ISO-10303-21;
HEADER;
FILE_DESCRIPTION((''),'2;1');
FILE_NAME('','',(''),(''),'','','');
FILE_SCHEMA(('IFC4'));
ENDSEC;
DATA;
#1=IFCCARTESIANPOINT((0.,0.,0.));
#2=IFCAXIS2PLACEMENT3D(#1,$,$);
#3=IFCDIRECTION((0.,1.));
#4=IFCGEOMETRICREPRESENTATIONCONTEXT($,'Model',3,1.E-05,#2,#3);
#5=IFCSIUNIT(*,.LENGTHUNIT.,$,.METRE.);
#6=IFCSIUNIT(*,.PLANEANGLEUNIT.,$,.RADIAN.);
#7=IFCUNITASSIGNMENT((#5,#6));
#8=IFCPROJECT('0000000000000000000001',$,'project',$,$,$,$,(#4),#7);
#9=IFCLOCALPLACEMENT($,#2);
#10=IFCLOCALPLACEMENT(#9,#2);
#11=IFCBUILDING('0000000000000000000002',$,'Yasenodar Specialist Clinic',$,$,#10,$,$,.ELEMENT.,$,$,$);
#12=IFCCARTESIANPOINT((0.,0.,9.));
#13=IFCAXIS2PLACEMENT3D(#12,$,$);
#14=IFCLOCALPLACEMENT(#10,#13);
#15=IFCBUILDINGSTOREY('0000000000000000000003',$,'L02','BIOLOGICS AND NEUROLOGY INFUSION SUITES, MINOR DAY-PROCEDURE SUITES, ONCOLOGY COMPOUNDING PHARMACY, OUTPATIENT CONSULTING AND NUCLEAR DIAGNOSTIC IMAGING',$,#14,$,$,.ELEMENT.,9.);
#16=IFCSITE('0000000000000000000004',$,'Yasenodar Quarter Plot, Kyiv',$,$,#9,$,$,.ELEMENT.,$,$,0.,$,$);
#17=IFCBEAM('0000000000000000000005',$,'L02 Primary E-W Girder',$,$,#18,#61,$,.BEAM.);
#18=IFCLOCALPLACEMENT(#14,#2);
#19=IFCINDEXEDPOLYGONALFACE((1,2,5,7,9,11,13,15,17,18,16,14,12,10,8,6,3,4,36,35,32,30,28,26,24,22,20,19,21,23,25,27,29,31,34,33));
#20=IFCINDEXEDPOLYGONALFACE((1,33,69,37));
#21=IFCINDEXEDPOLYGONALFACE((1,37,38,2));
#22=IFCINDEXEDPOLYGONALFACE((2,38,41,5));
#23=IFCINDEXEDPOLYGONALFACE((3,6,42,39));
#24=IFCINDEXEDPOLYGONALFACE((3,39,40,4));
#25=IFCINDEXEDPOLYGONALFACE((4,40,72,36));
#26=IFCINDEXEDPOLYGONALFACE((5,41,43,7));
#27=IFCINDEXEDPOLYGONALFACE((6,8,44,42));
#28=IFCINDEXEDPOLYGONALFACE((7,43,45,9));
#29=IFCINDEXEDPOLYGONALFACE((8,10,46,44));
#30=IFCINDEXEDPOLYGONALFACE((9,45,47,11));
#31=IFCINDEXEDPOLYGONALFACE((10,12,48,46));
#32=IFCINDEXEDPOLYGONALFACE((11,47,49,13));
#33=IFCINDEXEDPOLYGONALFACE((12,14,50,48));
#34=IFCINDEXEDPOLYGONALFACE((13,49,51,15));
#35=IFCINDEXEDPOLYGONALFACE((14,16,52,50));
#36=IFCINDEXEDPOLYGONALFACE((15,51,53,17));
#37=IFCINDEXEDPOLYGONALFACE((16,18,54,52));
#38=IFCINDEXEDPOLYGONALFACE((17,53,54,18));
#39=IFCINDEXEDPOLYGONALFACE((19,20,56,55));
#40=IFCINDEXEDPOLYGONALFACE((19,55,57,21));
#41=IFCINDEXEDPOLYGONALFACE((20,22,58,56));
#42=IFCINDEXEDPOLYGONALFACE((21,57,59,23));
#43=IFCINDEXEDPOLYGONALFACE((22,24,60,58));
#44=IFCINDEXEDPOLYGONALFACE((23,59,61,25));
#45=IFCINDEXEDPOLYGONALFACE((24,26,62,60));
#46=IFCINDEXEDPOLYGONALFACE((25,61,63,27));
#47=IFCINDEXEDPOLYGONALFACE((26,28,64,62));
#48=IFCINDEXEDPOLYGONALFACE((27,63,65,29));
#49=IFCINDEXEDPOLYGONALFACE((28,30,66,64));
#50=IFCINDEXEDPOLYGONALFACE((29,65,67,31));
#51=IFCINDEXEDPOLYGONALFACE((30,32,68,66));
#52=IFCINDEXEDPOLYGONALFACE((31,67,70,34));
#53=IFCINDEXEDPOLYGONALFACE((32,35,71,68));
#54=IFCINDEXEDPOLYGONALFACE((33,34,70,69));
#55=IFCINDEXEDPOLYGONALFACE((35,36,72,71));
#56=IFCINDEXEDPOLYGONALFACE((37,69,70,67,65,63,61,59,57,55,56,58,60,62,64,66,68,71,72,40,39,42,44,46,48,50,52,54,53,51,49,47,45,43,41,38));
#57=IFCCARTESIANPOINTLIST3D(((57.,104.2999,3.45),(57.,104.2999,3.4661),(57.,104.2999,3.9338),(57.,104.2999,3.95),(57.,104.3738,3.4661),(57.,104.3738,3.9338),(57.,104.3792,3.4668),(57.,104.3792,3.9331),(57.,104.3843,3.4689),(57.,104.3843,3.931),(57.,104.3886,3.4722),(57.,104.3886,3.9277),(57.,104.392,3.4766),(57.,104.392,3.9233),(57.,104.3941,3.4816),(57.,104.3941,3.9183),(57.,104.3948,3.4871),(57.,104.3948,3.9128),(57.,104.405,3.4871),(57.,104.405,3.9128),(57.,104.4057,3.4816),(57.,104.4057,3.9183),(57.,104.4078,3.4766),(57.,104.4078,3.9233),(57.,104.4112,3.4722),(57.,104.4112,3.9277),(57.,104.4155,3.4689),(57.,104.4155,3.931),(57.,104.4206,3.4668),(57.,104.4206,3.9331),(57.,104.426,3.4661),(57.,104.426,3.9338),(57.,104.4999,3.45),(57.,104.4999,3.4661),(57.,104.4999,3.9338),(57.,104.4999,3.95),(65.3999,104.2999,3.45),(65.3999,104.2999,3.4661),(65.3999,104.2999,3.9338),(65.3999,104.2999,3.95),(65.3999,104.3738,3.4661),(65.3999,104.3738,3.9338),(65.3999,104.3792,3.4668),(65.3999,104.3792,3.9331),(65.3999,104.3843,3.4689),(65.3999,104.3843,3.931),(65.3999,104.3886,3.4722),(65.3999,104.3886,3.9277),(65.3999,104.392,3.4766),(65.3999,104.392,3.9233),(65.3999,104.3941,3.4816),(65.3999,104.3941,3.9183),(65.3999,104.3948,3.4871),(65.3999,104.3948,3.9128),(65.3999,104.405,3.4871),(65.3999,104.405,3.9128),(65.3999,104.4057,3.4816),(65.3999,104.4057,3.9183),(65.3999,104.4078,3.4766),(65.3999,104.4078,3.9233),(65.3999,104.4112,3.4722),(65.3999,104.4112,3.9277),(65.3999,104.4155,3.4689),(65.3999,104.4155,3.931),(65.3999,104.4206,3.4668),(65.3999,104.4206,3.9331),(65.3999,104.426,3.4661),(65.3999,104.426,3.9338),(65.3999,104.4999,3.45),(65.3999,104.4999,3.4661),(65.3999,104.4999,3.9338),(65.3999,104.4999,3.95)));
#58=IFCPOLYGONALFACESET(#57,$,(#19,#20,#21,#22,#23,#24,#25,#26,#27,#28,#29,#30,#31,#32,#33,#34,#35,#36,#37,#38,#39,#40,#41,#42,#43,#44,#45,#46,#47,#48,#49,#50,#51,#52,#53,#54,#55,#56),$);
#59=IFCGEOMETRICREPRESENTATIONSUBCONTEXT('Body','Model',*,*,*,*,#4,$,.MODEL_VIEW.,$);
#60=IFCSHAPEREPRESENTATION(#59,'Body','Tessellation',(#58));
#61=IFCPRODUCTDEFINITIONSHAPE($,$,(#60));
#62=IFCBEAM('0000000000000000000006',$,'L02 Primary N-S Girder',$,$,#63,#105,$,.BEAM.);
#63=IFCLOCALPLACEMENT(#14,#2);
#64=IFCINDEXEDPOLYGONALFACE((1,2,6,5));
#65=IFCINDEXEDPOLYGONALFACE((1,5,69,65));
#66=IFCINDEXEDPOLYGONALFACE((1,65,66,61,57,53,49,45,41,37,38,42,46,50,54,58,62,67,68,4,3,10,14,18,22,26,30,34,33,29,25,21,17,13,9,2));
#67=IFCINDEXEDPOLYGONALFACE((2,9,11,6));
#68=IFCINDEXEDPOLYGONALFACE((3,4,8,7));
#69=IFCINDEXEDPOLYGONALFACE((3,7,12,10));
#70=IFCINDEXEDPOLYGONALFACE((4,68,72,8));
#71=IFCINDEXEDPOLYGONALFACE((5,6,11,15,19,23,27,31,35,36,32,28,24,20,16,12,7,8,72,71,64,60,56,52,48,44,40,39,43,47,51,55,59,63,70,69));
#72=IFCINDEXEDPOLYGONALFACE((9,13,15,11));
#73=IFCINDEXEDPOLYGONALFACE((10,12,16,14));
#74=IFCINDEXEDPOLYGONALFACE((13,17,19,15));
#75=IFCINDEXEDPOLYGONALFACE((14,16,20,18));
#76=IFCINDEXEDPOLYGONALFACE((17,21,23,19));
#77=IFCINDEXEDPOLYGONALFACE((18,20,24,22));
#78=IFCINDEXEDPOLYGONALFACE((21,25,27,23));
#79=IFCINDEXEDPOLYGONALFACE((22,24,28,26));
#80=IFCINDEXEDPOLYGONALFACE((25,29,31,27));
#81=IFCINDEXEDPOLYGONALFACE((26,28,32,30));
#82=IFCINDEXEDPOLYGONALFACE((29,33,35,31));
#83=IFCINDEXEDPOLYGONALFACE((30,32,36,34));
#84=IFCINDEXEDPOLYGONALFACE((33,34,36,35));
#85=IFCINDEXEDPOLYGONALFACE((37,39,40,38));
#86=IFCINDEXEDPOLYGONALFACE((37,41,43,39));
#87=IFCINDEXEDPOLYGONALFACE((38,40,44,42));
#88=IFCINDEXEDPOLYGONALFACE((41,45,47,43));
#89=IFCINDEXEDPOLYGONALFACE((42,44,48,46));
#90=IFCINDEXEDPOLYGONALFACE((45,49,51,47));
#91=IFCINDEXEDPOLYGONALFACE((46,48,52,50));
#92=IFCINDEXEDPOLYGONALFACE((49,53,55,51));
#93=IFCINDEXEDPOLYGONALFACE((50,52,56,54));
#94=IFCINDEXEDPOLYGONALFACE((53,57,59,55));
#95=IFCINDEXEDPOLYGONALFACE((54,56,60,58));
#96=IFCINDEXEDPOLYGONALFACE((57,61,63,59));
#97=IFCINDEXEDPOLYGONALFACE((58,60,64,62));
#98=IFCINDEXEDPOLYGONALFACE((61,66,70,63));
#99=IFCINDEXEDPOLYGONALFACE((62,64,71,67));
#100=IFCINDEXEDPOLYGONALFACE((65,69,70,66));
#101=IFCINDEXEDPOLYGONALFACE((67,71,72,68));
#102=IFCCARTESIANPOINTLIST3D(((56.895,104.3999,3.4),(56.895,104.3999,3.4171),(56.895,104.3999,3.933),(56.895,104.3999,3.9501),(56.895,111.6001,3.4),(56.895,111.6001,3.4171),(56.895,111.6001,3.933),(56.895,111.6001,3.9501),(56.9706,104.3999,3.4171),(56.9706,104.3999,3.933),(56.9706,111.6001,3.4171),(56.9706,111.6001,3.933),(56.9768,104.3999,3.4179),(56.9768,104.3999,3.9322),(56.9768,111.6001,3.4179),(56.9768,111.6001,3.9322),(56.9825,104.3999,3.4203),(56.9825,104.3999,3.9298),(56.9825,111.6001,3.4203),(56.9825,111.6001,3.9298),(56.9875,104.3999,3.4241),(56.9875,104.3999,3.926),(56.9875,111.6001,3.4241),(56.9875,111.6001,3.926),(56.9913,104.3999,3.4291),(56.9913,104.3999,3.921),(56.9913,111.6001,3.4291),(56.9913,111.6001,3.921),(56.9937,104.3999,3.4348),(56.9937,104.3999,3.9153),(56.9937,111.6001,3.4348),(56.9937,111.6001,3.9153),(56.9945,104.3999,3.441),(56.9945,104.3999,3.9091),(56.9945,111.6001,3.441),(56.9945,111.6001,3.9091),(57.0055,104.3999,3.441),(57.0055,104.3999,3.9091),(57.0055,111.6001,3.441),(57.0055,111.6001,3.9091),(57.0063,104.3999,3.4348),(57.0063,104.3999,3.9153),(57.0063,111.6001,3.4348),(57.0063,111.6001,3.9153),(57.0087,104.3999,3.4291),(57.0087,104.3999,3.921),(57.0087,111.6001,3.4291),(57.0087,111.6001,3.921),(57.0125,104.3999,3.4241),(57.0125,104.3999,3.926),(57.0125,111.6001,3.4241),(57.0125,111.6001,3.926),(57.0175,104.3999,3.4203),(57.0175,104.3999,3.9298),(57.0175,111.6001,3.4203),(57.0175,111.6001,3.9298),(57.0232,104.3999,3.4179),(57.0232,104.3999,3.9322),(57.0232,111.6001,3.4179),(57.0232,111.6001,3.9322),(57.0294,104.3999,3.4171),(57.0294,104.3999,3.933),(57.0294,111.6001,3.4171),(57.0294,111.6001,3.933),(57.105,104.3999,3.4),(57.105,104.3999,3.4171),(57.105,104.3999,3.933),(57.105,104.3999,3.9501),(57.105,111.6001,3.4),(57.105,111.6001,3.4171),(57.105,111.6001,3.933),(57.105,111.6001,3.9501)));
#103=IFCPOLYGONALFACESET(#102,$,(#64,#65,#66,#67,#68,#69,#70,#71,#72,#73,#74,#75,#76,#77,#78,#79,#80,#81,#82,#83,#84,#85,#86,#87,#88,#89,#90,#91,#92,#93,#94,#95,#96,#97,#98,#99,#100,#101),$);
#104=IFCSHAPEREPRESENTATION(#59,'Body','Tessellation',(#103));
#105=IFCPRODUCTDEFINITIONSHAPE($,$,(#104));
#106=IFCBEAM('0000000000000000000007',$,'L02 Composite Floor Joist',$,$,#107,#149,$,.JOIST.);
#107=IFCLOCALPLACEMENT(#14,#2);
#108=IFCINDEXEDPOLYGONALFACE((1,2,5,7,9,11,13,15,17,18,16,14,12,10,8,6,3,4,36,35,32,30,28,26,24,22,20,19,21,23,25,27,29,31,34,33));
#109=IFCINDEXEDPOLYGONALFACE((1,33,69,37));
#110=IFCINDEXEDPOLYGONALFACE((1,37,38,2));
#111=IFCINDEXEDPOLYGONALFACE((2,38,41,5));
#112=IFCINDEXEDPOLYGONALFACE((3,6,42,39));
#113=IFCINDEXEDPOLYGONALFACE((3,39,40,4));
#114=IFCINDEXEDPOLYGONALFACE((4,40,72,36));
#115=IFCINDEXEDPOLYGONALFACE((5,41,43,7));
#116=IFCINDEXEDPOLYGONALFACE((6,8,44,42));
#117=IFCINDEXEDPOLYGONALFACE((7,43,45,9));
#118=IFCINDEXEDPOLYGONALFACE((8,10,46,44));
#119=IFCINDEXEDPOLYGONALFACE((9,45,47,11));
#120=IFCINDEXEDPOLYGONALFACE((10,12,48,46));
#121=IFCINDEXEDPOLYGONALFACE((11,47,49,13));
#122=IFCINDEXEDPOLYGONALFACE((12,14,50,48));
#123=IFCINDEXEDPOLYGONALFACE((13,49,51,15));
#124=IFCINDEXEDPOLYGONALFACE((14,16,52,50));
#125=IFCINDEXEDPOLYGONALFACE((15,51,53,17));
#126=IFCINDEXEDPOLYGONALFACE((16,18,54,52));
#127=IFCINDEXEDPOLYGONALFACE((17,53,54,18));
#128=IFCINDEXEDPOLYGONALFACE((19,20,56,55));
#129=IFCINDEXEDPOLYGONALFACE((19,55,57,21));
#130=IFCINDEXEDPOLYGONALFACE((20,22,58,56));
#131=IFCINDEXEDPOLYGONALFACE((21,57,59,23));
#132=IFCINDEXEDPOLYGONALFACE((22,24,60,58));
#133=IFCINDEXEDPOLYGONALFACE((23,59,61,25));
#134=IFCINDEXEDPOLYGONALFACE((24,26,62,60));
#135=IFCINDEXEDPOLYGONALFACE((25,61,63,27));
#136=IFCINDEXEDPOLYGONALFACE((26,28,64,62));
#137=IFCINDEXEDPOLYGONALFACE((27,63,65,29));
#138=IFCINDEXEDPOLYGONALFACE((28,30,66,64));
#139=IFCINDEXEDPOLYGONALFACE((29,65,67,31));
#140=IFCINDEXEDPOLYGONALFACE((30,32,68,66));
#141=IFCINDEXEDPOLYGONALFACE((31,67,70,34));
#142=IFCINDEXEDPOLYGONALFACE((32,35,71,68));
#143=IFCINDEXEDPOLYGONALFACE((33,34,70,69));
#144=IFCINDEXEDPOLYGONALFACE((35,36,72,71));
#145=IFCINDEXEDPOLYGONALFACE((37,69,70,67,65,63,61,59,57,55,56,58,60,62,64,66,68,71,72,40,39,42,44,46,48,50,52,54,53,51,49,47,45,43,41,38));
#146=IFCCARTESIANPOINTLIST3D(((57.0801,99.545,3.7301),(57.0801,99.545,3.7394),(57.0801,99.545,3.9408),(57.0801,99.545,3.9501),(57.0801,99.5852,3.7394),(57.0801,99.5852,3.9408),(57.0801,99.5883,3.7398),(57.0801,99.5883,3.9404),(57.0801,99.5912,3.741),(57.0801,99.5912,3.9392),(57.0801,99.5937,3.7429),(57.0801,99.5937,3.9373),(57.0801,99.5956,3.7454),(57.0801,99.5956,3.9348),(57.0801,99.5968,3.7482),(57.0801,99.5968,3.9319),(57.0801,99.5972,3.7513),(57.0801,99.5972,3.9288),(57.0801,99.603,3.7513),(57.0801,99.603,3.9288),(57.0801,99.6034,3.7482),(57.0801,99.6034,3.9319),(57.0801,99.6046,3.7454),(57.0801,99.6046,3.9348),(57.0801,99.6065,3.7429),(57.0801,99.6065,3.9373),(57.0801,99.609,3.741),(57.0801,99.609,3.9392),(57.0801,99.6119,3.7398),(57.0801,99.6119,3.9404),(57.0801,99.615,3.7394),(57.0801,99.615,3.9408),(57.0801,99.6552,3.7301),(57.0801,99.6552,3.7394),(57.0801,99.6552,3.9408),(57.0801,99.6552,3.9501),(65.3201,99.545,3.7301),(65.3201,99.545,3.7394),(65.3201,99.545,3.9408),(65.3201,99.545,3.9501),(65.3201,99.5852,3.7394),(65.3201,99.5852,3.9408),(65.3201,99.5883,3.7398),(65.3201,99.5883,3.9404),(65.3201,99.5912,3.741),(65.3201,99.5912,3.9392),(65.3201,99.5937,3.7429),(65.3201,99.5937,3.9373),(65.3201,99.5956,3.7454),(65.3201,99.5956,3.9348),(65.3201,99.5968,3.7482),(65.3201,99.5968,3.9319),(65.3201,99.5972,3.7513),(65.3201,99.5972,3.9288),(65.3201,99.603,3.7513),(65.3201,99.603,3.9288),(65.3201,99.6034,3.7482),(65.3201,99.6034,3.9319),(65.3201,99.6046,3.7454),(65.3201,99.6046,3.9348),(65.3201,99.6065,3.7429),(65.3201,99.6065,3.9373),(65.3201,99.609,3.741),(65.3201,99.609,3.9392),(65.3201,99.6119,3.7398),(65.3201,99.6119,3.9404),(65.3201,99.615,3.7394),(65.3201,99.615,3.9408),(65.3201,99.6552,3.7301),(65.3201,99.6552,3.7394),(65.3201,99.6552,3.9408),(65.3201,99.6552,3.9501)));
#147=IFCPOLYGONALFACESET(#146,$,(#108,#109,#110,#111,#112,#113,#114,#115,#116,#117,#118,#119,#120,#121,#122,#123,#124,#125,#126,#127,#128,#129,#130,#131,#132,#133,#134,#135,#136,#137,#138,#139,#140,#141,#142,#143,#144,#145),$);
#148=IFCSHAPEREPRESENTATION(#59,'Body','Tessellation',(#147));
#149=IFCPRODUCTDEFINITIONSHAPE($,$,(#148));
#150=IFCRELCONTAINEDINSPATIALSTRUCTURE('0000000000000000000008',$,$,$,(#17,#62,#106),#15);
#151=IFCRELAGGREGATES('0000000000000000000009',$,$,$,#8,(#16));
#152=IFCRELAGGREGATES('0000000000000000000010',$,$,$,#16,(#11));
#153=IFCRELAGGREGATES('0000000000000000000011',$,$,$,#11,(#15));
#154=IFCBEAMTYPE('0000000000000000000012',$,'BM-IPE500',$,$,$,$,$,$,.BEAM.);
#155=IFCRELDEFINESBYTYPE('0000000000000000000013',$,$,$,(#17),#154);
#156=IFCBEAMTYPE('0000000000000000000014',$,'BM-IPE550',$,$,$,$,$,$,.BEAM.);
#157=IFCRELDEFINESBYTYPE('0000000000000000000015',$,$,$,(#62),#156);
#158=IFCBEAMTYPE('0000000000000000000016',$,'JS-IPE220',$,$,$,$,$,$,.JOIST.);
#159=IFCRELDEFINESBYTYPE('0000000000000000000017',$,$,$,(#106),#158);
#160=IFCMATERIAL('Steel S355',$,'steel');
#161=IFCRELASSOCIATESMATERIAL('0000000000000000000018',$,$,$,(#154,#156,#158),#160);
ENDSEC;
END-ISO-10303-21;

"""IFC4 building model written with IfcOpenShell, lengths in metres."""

from ifc_helpers import new_model, si_unit, direction, frame, origin, origin_2d, place, context, subcontext, project, spatial, i_section, extrude, material, material_profile, profile_set, type_object, element, save


model = new_model("IFC4")

# Units and contexts
model_context = context("Model", 3, precision=1e-05, world=origin(), true_north=direction((0.0, 1.0)))
body_context = subcontext(model_context, "Body", "Model", "MODEL_VIEW")
ifc_project = project(units=[si_unit("LENGTHUNIT", "METRE"), si_unit("PLANEANGLEUNIT", "RADIAN")], contexts=[model_context])

# Site, building, storey
site_placement = place(None, origin())
site = spatial("IfcSite", under=ifc_project, at=site_placement, Name="Yasenodar Quarter Plot, Kyiv", CompositionType="ELEMENT", RefElevation=0.0)
building_placement = place(site_placement, origin())
building = spatial("IfcBuilding", under=site, at=building_placement, Name="Yasenodar Specialist Clinic", CompositionType="ELEMENT")
storey_placement = place(building_placement, frame((0.0, 0.0, 9.0)))
storey = spatial("IfcBuildingStorey", under=building, at=storey_placement, Name="L02", Description="BIOLOGICS AND NEUROLOGY INFUSION SUITES, MINOR DAY-PROCEDURE SUITES, ONCOLOGY COMPOUNDING PHARMACY, OUTPATIENT CONSULTING AND NUCLEAR DIAGNOSTIC IMAGING", CompositionType="ELEMENT", Elevation=9.0)

# Shared definitions
ifc_material_1 = material(Name="Steel S355", Category="steel")

# Beams
ifc_material_profile_1 = material_profile(ifc_material_1, i_section(OverallWidth=0.2, OverallDepth=0.5, WebThickness=0.0103, FlangeThickness=0.0161, FilletRadius=0.021, at=origin_2d()), Name="IPE 500")
ifc_profile_set_1 = profile_set([ifc_material_profile_1], Name="Steel S355")
beam_type_1 = type_object("IfcBeamType", Name="BM-IPE500", PredefinedType="BEAM", material=ifc_profile_set_1)
beam_1_placement = place(storey_placement, frame((57.0, 104.3999, 3.7), z_axis=(1.0, 0.0, 0.0), x_axis=(0.0, 1.0, 0.0)))
element("IfcBeam", 1, at=beam_1_placement, inside=storey, type_object=beam_type_1, Name="L02 Primary E-W Girder", PredefinedType="BEAM", context=body_context, shape_type="SweptSolid", body=[
    extrude(i_section(OverallWidth=0.2, OverallDepth=0.5, WebThickness=0.0103, FlangeThickness=0.0161, FilletRadius=0.021, at=origin_2d()), origin(), (0.0, 0.0, 1.0), 8.3999),
])
ifc_material_profile_2 = material_profile(ifc_material_1, i_section(OverallWidth=0.21, OverallDepth=0.55, WebThickness=0.011, FlangeThickness=0.0171, FilletRadius=0.0239, at=origin_2d()), Name="IPE 550")
ifc_profile_set_2 = profile_set([ifc_material_profile_2], Name="Steel S355")
beam_type_2 = type_object("IfcBeamType", Name="BM-IPE550", PredefinedType="BEAM", material=ifc_profile_set_2)
beam_2_placement = place(storey_placement, frame((57.0, 104.3999, 3.675), z_axis=(0.0, 1.0, 0.0), x_axis=(-1.0, 0.0, 0.0)))
element("IfcBeam", 2, at=beam_2_placement, inside=storey, type_object=beam_type_2, Name="L02 Primary N-S Girder", PredefinedType="BEAM", context=body_context, shape_type="SweptSolid", body=[
    extrude(i_section(OverallWidth=0.21, OverallDepth=0.55, WebThickness=0.011, FlangeThickness=0.0171, FilletRadius=0.0239, at=origin_2d()), origin(), (0.0, 0.0, 1.0), 7.2002),
])
ifc_material_profile_3 = material_profile(ifc_material_1, i_section(OverallWidth=0.1101, OverallDepth=0.22, WebThickness=0.0059, FlangeThickness=0.0093, FilletRadius=0.012, at=origin_2d()), Name="IPE 220")
ifc_profile_set_3 = profile_set([ifc_material_profile_3], Name="Steel S355")
beam_type_3 = type_object("IfcBeamType", Name="JS-IPE220", PredefinedType="JOIST", material=ifc_profile_set_3)
beam_3_placement = place(storey_placement, frame((57.0801, 99.6001, 3.8401), z_axis=(1.0, 0.0, 0.0), x_axis=(0.0, 1.0, 0.0)))
element("IfcBeam", 3, at=beam_3_placement, inside=storey, type_object=beam_type_3, Name="L02 Composite Floor Joist", PredefinedType="JOIST", context=body_context, shape_type="SweptSolid", body=[
    extrude(i_section(OverallWidth=0.1101, OverallDepth=0.22, WebThickness=0.0059, FlangeThickness=0.0093, FilletRadius=0.012, at=origin_2d()), origin(), (0.0, 0.0, 1.0), 8.24),
])

save(model, "model.ifc")
